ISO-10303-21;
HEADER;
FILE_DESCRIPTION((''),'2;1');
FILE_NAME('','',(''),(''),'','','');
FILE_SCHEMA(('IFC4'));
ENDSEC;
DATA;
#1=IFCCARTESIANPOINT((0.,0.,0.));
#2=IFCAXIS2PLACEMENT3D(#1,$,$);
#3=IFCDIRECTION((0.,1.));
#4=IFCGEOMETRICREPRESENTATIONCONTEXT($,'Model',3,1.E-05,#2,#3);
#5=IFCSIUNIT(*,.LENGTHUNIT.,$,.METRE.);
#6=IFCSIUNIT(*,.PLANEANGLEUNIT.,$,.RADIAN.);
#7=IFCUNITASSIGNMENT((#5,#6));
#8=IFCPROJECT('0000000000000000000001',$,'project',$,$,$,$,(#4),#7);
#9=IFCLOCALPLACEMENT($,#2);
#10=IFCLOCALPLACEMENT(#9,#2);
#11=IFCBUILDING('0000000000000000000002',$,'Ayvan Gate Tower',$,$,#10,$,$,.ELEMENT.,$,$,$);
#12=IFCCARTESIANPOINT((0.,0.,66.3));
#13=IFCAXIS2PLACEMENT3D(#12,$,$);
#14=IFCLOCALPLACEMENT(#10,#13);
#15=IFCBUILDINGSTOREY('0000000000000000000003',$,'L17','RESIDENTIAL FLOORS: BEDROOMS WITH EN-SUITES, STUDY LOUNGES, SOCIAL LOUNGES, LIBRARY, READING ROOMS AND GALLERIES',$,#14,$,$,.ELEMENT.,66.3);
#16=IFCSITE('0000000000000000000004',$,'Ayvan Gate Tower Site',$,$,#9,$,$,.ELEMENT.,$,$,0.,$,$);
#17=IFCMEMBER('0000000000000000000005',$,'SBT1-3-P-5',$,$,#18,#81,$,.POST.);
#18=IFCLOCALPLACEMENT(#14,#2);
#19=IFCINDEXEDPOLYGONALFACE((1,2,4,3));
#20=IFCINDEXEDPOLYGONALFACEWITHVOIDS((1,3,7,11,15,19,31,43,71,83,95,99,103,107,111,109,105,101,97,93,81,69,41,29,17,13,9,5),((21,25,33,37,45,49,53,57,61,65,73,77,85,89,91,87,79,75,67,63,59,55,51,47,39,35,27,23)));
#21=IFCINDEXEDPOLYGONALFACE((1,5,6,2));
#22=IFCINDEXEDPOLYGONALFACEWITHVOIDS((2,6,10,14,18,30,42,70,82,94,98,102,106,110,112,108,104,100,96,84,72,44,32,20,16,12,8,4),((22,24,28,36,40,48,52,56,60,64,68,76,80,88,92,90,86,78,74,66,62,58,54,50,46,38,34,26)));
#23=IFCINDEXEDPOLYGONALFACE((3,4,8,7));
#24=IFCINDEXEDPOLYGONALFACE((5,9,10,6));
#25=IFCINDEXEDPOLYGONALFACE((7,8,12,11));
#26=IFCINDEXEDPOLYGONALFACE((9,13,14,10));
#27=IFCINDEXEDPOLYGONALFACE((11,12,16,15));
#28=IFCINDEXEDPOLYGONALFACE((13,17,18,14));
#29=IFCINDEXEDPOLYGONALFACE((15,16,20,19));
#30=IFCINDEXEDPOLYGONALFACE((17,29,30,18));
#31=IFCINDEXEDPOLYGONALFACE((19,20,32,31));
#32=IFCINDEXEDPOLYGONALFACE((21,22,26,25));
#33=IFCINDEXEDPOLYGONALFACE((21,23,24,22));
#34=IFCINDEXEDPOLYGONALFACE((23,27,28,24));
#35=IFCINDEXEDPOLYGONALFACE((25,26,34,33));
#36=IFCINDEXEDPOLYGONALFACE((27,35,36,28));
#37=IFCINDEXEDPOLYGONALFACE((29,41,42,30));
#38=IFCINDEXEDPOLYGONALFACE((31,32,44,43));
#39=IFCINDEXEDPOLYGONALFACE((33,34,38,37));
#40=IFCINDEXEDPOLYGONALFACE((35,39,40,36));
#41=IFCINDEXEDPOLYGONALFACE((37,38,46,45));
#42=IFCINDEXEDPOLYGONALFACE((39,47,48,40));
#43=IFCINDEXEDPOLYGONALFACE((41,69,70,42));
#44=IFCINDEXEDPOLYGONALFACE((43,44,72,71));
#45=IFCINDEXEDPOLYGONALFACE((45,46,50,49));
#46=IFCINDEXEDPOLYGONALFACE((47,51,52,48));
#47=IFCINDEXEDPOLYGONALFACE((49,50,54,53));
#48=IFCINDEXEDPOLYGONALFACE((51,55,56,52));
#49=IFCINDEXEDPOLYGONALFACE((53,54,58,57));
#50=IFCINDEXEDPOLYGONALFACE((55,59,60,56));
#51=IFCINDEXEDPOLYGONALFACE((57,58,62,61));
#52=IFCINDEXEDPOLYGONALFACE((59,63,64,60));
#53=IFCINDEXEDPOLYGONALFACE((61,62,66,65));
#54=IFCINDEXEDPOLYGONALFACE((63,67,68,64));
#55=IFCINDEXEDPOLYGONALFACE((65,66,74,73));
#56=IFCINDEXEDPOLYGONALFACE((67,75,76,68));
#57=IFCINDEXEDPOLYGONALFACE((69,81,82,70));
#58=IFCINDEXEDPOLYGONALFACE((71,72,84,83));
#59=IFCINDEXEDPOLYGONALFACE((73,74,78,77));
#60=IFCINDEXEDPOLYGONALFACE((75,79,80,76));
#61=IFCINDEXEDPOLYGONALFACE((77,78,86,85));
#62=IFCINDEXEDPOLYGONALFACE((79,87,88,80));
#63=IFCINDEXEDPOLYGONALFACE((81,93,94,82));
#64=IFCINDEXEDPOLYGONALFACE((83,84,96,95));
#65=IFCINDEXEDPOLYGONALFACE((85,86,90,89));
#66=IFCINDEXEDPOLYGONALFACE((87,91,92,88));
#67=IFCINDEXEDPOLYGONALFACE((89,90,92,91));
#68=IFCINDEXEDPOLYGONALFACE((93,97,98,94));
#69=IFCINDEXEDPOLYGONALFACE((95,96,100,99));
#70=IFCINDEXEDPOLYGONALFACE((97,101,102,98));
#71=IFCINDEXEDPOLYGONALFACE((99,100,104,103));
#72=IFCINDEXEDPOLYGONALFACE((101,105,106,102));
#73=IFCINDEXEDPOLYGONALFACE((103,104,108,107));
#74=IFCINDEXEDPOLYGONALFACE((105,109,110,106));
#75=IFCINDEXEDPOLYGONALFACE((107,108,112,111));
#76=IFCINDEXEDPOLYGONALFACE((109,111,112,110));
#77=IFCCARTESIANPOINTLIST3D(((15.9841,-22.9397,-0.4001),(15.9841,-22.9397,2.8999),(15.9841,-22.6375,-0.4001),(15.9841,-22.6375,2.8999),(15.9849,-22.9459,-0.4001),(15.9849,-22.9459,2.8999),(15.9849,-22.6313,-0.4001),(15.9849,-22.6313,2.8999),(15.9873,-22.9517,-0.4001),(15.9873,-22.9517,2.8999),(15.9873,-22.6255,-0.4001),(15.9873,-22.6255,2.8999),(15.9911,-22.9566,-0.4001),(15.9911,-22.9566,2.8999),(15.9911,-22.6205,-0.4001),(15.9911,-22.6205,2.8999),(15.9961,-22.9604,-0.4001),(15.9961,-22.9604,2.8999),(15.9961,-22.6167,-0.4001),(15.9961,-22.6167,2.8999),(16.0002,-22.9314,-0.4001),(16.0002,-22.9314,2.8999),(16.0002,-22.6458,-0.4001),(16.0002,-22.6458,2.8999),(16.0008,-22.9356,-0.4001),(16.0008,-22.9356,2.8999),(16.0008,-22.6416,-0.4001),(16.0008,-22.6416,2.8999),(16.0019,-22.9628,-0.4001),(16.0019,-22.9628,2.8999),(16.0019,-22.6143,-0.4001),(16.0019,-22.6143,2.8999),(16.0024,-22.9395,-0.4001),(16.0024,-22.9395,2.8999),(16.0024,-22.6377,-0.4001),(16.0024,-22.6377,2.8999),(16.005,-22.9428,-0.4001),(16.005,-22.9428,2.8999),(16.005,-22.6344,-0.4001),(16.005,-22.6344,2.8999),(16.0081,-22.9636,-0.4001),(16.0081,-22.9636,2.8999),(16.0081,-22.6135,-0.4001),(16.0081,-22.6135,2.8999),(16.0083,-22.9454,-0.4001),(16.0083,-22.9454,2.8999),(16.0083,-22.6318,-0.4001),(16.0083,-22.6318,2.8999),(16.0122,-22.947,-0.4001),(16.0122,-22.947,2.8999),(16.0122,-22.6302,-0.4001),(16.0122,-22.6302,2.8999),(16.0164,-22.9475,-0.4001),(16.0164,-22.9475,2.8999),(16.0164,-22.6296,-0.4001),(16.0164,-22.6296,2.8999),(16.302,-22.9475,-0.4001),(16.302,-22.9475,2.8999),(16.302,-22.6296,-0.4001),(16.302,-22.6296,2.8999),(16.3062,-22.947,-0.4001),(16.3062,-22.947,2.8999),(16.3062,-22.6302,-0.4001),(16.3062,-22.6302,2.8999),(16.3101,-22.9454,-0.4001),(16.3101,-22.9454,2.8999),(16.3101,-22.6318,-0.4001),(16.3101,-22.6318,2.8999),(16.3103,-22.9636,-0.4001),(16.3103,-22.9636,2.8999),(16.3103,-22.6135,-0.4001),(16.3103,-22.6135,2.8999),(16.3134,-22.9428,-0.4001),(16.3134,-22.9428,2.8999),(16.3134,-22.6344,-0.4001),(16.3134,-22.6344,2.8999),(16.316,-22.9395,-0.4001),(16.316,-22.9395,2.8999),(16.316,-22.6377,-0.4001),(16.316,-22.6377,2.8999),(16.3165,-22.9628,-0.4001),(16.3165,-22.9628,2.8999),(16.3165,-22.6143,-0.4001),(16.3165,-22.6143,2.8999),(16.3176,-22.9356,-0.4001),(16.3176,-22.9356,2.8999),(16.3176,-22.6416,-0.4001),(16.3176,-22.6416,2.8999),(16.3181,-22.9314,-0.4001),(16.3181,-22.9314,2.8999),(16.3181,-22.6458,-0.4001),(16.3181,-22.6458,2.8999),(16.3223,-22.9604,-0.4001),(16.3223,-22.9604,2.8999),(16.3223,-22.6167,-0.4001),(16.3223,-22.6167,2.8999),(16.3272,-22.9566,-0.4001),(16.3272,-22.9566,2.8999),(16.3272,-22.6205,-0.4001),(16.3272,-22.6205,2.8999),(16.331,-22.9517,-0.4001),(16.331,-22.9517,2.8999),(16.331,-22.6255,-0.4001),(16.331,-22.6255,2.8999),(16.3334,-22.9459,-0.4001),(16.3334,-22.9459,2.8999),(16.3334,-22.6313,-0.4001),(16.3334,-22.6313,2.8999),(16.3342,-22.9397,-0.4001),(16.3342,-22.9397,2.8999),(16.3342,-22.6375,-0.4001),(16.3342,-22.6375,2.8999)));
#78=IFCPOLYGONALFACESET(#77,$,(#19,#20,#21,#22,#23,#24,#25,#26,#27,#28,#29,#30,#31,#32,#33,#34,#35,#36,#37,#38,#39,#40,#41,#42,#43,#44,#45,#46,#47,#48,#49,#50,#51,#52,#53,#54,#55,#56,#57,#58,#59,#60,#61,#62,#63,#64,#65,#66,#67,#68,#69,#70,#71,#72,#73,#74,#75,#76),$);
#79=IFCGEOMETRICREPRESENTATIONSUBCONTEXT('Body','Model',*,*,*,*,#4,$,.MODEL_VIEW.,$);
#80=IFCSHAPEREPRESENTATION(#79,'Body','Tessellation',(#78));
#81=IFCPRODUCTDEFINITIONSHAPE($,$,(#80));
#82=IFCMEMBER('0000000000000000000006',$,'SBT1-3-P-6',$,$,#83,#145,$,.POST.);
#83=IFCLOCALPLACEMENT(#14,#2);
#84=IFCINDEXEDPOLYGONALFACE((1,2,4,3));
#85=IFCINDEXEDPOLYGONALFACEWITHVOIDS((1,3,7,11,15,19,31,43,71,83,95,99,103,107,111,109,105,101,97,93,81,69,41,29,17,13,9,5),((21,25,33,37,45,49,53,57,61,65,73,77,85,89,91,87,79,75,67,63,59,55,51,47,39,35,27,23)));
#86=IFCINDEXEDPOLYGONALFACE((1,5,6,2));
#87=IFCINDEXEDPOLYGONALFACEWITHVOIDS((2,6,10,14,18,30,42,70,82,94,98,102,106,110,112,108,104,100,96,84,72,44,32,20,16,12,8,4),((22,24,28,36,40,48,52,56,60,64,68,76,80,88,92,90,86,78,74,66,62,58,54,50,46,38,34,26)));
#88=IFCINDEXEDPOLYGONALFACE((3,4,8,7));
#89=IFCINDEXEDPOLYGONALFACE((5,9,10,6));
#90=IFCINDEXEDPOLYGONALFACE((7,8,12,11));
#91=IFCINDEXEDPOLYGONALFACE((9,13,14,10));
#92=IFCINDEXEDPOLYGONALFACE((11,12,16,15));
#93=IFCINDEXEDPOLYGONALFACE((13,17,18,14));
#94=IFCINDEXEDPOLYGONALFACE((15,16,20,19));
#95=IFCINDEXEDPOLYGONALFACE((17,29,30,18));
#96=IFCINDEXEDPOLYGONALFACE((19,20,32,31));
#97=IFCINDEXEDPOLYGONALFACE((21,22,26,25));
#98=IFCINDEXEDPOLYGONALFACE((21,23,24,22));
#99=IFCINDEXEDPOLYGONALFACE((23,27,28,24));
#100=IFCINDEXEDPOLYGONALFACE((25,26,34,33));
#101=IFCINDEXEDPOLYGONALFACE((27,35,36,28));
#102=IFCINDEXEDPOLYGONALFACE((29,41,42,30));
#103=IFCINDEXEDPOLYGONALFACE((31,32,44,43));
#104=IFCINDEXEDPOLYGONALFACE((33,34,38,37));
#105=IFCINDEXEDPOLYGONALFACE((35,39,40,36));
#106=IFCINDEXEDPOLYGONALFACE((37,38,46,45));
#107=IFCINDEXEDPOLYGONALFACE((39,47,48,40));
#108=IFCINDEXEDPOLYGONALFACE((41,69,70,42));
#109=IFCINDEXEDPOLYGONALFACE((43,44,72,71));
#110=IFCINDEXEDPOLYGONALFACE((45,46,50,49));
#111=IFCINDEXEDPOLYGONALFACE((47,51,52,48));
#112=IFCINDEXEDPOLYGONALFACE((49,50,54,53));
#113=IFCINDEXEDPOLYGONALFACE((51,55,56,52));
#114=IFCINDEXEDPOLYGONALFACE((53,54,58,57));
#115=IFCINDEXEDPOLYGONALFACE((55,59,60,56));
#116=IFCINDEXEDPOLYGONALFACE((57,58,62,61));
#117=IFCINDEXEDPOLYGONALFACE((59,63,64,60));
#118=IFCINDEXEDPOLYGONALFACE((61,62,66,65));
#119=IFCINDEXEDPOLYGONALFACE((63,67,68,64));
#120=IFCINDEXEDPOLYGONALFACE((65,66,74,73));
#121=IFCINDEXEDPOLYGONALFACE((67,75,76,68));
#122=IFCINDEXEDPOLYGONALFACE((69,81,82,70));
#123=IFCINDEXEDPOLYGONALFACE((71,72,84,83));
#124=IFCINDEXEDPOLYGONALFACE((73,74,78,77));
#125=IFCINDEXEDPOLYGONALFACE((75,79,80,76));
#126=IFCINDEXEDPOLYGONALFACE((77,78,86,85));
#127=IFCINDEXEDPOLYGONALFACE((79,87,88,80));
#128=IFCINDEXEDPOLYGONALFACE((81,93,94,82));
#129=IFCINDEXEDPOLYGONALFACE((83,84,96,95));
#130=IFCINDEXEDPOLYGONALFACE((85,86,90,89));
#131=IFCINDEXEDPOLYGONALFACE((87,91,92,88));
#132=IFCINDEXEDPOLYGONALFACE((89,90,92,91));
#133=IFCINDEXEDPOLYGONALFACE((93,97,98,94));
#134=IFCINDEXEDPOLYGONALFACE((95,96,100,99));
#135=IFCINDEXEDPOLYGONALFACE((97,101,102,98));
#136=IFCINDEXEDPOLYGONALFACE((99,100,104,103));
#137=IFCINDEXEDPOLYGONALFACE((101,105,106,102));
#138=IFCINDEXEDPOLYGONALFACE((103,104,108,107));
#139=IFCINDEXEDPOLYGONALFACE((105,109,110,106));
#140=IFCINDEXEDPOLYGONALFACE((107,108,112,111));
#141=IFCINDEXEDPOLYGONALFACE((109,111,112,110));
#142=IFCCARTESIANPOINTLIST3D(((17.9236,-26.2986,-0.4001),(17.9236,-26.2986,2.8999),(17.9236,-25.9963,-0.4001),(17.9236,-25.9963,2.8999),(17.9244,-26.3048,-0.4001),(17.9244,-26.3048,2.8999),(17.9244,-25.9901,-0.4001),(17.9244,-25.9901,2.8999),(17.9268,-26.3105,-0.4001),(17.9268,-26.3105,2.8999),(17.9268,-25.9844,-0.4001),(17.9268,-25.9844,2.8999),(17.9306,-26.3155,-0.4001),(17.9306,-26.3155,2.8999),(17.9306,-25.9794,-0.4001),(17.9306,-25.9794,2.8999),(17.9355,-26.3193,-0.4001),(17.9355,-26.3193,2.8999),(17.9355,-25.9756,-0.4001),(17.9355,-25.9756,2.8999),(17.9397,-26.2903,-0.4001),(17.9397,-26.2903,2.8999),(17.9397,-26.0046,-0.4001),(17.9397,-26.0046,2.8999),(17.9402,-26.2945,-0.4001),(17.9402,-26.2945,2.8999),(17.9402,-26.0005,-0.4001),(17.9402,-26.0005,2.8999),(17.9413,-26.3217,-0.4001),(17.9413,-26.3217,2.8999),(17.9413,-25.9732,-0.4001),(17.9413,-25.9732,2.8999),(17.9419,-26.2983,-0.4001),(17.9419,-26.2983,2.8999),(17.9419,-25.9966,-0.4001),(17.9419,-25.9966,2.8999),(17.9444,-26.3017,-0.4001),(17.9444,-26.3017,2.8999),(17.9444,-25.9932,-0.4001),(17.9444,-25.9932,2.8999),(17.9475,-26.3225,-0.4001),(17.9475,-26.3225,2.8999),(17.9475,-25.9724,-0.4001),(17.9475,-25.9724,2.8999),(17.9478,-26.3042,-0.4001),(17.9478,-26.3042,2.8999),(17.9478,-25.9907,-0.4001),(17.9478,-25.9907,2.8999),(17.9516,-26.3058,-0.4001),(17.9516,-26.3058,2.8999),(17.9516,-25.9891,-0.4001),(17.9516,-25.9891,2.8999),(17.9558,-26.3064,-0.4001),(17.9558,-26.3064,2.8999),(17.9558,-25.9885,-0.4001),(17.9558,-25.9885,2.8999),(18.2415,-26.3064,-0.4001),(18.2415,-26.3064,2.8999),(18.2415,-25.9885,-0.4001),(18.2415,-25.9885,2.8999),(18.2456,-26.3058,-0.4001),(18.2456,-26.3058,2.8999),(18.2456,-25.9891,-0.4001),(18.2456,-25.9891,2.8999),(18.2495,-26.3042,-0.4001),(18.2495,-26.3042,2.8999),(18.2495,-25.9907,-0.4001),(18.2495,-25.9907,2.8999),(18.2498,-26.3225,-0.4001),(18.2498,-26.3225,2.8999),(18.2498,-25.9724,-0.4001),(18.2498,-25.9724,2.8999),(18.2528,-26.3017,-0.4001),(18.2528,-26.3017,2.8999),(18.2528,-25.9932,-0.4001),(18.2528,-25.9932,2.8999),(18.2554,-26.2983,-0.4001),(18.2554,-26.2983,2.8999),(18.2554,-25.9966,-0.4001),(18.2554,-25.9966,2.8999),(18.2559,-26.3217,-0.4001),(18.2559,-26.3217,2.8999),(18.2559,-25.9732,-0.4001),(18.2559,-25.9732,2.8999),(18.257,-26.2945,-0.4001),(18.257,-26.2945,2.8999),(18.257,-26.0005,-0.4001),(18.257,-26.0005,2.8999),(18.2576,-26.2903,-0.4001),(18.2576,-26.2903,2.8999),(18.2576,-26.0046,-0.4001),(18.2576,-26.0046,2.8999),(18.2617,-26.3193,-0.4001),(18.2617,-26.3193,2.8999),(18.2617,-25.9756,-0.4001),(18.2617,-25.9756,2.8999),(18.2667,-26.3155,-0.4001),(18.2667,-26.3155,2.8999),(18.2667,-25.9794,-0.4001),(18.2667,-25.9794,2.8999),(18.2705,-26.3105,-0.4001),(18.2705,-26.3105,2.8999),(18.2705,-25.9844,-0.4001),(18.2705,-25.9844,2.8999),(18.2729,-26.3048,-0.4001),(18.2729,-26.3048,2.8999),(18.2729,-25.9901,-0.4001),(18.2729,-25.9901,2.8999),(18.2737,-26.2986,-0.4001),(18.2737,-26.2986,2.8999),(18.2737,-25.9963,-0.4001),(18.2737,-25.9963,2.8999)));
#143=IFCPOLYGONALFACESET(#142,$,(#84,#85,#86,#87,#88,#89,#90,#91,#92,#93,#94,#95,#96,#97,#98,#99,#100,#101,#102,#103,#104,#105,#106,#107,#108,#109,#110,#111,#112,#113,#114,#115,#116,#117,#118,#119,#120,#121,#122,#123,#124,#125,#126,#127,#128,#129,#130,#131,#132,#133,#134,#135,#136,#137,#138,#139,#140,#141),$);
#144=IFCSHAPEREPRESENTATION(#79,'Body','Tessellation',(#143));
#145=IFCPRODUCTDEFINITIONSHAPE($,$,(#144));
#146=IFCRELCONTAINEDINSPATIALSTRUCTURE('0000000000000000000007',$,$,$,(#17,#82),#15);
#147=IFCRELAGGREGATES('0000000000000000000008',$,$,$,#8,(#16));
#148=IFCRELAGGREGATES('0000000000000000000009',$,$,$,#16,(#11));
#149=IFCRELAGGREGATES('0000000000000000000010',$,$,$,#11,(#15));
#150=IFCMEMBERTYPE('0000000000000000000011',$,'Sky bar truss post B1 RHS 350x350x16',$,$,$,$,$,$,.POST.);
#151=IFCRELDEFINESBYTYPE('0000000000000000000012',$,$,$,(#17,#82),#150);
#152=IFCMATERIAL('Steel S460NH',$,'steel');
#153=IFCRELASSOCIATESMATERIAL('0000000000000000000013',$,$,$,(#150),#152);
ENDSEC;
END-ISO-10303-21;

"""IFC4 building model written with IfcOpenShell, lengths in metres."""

from ifc_helpers import new_model, si_unit, direction, frame, origin, origin_2d, place, context, subcontext, project, spatial, hollow_rectangle, extrude, material, material_profile, profile_set, type_object, element, save


model = new_model("IFC4")

# Units and contexts
model_context = context("Model", 3, precision=1e-05, world=origin(), true_north=direction((0.0, 1.0)))
body_context = subcontext(model_context, "Body", "Model", "MODEL_VIEW")
ifc_project = project(units=[si_unit("LENGTHUNIT", "METRE"), si_unit("PLANEANGLEUNIT", "RADIAN")], contexts=[model_context])

# Site, building, storey
site_placement = place(None, origin())
site = spatial("IfcSite", under=ifc_project, at=site_placement, Name="Ayvan Gate Tower Site", CompositionType="ELEMENT", RefElevation=0.0)
building_placement = place(site_placement, origin())
building = spatial("IfcBuilding", under=site, at=building_placement, Name="Ayvan Gate Tower", CompositionType="ELEMENT")
storey_placement = place(building_placement, frame((0.0, 0.0, 66.3)))
storey = spatial("IfcBuildingStorey", under=building, at=storey_placement, Name="L17", Description="RESIDENTIAL FLOORS: BEDROOMS WITH EN-SUITES, STUDY LOUNGES, SOCIAL LOUNGES, LIBRARY, READING ROOMS AND GALLERIES", CompositionType="ELEMENT", Elevation=66.3)

# Members
ifc_material_1 = material(Name="Steel S460NH", Category="steel")
ifc_material_profile_1 = material_profile(ifc_material_1, hollow_rectangle(XDim=0.3501, YDim=0.3501, WallThickness=0.0161, InnerFilletRadius=0.0161, OuterFilletRadius=0.0239, at=origin_2d()), Name="RHS 350x350x16")
ifc_profile_set_1 = profile_set([ifc_material_profile_1], Name="Steel S460NH")
member_type_1 = type_object("IfcMemberType", Name="Sky bar truss post B1 RHS 350x350x16", PredefinedType="POST", material=ifc_profile_set_1)
for number, where, z_axis, x_axis, name in (
    (1, (16.1592, -22.7886, -0.4001), (0.0, 0.0, 1.0), (1.0, 0.0, 0.0), "SBT1-3-P-5"),
    (2, (18.0986, -26.1475, -0.4001), (0.0, 0.0, 1.0), (1.0, 0.0, 0.0), "SBT1-3-P-6"),
):
    element("IfcMember", number, at=place(storey_placement, frame(where, z_axis=z_axis, x_axis=x_axis)), inside=storey, type_object=member_type_1, Name=name, PredefinedType="POST", context=body_context, shape_type="SweptSolid", body=[
        extrude(hollow_rectangle(XDim=0.3501, YDim=0.3501, WallThickness=0.0161, InnerFilletRadius=0.0161, OuterFilletRadius=0.0239, at=origin_2d()), origin(), (0.0, 0.0, 1.0), 3.3),
    ])

save(model, "model.ifc")
